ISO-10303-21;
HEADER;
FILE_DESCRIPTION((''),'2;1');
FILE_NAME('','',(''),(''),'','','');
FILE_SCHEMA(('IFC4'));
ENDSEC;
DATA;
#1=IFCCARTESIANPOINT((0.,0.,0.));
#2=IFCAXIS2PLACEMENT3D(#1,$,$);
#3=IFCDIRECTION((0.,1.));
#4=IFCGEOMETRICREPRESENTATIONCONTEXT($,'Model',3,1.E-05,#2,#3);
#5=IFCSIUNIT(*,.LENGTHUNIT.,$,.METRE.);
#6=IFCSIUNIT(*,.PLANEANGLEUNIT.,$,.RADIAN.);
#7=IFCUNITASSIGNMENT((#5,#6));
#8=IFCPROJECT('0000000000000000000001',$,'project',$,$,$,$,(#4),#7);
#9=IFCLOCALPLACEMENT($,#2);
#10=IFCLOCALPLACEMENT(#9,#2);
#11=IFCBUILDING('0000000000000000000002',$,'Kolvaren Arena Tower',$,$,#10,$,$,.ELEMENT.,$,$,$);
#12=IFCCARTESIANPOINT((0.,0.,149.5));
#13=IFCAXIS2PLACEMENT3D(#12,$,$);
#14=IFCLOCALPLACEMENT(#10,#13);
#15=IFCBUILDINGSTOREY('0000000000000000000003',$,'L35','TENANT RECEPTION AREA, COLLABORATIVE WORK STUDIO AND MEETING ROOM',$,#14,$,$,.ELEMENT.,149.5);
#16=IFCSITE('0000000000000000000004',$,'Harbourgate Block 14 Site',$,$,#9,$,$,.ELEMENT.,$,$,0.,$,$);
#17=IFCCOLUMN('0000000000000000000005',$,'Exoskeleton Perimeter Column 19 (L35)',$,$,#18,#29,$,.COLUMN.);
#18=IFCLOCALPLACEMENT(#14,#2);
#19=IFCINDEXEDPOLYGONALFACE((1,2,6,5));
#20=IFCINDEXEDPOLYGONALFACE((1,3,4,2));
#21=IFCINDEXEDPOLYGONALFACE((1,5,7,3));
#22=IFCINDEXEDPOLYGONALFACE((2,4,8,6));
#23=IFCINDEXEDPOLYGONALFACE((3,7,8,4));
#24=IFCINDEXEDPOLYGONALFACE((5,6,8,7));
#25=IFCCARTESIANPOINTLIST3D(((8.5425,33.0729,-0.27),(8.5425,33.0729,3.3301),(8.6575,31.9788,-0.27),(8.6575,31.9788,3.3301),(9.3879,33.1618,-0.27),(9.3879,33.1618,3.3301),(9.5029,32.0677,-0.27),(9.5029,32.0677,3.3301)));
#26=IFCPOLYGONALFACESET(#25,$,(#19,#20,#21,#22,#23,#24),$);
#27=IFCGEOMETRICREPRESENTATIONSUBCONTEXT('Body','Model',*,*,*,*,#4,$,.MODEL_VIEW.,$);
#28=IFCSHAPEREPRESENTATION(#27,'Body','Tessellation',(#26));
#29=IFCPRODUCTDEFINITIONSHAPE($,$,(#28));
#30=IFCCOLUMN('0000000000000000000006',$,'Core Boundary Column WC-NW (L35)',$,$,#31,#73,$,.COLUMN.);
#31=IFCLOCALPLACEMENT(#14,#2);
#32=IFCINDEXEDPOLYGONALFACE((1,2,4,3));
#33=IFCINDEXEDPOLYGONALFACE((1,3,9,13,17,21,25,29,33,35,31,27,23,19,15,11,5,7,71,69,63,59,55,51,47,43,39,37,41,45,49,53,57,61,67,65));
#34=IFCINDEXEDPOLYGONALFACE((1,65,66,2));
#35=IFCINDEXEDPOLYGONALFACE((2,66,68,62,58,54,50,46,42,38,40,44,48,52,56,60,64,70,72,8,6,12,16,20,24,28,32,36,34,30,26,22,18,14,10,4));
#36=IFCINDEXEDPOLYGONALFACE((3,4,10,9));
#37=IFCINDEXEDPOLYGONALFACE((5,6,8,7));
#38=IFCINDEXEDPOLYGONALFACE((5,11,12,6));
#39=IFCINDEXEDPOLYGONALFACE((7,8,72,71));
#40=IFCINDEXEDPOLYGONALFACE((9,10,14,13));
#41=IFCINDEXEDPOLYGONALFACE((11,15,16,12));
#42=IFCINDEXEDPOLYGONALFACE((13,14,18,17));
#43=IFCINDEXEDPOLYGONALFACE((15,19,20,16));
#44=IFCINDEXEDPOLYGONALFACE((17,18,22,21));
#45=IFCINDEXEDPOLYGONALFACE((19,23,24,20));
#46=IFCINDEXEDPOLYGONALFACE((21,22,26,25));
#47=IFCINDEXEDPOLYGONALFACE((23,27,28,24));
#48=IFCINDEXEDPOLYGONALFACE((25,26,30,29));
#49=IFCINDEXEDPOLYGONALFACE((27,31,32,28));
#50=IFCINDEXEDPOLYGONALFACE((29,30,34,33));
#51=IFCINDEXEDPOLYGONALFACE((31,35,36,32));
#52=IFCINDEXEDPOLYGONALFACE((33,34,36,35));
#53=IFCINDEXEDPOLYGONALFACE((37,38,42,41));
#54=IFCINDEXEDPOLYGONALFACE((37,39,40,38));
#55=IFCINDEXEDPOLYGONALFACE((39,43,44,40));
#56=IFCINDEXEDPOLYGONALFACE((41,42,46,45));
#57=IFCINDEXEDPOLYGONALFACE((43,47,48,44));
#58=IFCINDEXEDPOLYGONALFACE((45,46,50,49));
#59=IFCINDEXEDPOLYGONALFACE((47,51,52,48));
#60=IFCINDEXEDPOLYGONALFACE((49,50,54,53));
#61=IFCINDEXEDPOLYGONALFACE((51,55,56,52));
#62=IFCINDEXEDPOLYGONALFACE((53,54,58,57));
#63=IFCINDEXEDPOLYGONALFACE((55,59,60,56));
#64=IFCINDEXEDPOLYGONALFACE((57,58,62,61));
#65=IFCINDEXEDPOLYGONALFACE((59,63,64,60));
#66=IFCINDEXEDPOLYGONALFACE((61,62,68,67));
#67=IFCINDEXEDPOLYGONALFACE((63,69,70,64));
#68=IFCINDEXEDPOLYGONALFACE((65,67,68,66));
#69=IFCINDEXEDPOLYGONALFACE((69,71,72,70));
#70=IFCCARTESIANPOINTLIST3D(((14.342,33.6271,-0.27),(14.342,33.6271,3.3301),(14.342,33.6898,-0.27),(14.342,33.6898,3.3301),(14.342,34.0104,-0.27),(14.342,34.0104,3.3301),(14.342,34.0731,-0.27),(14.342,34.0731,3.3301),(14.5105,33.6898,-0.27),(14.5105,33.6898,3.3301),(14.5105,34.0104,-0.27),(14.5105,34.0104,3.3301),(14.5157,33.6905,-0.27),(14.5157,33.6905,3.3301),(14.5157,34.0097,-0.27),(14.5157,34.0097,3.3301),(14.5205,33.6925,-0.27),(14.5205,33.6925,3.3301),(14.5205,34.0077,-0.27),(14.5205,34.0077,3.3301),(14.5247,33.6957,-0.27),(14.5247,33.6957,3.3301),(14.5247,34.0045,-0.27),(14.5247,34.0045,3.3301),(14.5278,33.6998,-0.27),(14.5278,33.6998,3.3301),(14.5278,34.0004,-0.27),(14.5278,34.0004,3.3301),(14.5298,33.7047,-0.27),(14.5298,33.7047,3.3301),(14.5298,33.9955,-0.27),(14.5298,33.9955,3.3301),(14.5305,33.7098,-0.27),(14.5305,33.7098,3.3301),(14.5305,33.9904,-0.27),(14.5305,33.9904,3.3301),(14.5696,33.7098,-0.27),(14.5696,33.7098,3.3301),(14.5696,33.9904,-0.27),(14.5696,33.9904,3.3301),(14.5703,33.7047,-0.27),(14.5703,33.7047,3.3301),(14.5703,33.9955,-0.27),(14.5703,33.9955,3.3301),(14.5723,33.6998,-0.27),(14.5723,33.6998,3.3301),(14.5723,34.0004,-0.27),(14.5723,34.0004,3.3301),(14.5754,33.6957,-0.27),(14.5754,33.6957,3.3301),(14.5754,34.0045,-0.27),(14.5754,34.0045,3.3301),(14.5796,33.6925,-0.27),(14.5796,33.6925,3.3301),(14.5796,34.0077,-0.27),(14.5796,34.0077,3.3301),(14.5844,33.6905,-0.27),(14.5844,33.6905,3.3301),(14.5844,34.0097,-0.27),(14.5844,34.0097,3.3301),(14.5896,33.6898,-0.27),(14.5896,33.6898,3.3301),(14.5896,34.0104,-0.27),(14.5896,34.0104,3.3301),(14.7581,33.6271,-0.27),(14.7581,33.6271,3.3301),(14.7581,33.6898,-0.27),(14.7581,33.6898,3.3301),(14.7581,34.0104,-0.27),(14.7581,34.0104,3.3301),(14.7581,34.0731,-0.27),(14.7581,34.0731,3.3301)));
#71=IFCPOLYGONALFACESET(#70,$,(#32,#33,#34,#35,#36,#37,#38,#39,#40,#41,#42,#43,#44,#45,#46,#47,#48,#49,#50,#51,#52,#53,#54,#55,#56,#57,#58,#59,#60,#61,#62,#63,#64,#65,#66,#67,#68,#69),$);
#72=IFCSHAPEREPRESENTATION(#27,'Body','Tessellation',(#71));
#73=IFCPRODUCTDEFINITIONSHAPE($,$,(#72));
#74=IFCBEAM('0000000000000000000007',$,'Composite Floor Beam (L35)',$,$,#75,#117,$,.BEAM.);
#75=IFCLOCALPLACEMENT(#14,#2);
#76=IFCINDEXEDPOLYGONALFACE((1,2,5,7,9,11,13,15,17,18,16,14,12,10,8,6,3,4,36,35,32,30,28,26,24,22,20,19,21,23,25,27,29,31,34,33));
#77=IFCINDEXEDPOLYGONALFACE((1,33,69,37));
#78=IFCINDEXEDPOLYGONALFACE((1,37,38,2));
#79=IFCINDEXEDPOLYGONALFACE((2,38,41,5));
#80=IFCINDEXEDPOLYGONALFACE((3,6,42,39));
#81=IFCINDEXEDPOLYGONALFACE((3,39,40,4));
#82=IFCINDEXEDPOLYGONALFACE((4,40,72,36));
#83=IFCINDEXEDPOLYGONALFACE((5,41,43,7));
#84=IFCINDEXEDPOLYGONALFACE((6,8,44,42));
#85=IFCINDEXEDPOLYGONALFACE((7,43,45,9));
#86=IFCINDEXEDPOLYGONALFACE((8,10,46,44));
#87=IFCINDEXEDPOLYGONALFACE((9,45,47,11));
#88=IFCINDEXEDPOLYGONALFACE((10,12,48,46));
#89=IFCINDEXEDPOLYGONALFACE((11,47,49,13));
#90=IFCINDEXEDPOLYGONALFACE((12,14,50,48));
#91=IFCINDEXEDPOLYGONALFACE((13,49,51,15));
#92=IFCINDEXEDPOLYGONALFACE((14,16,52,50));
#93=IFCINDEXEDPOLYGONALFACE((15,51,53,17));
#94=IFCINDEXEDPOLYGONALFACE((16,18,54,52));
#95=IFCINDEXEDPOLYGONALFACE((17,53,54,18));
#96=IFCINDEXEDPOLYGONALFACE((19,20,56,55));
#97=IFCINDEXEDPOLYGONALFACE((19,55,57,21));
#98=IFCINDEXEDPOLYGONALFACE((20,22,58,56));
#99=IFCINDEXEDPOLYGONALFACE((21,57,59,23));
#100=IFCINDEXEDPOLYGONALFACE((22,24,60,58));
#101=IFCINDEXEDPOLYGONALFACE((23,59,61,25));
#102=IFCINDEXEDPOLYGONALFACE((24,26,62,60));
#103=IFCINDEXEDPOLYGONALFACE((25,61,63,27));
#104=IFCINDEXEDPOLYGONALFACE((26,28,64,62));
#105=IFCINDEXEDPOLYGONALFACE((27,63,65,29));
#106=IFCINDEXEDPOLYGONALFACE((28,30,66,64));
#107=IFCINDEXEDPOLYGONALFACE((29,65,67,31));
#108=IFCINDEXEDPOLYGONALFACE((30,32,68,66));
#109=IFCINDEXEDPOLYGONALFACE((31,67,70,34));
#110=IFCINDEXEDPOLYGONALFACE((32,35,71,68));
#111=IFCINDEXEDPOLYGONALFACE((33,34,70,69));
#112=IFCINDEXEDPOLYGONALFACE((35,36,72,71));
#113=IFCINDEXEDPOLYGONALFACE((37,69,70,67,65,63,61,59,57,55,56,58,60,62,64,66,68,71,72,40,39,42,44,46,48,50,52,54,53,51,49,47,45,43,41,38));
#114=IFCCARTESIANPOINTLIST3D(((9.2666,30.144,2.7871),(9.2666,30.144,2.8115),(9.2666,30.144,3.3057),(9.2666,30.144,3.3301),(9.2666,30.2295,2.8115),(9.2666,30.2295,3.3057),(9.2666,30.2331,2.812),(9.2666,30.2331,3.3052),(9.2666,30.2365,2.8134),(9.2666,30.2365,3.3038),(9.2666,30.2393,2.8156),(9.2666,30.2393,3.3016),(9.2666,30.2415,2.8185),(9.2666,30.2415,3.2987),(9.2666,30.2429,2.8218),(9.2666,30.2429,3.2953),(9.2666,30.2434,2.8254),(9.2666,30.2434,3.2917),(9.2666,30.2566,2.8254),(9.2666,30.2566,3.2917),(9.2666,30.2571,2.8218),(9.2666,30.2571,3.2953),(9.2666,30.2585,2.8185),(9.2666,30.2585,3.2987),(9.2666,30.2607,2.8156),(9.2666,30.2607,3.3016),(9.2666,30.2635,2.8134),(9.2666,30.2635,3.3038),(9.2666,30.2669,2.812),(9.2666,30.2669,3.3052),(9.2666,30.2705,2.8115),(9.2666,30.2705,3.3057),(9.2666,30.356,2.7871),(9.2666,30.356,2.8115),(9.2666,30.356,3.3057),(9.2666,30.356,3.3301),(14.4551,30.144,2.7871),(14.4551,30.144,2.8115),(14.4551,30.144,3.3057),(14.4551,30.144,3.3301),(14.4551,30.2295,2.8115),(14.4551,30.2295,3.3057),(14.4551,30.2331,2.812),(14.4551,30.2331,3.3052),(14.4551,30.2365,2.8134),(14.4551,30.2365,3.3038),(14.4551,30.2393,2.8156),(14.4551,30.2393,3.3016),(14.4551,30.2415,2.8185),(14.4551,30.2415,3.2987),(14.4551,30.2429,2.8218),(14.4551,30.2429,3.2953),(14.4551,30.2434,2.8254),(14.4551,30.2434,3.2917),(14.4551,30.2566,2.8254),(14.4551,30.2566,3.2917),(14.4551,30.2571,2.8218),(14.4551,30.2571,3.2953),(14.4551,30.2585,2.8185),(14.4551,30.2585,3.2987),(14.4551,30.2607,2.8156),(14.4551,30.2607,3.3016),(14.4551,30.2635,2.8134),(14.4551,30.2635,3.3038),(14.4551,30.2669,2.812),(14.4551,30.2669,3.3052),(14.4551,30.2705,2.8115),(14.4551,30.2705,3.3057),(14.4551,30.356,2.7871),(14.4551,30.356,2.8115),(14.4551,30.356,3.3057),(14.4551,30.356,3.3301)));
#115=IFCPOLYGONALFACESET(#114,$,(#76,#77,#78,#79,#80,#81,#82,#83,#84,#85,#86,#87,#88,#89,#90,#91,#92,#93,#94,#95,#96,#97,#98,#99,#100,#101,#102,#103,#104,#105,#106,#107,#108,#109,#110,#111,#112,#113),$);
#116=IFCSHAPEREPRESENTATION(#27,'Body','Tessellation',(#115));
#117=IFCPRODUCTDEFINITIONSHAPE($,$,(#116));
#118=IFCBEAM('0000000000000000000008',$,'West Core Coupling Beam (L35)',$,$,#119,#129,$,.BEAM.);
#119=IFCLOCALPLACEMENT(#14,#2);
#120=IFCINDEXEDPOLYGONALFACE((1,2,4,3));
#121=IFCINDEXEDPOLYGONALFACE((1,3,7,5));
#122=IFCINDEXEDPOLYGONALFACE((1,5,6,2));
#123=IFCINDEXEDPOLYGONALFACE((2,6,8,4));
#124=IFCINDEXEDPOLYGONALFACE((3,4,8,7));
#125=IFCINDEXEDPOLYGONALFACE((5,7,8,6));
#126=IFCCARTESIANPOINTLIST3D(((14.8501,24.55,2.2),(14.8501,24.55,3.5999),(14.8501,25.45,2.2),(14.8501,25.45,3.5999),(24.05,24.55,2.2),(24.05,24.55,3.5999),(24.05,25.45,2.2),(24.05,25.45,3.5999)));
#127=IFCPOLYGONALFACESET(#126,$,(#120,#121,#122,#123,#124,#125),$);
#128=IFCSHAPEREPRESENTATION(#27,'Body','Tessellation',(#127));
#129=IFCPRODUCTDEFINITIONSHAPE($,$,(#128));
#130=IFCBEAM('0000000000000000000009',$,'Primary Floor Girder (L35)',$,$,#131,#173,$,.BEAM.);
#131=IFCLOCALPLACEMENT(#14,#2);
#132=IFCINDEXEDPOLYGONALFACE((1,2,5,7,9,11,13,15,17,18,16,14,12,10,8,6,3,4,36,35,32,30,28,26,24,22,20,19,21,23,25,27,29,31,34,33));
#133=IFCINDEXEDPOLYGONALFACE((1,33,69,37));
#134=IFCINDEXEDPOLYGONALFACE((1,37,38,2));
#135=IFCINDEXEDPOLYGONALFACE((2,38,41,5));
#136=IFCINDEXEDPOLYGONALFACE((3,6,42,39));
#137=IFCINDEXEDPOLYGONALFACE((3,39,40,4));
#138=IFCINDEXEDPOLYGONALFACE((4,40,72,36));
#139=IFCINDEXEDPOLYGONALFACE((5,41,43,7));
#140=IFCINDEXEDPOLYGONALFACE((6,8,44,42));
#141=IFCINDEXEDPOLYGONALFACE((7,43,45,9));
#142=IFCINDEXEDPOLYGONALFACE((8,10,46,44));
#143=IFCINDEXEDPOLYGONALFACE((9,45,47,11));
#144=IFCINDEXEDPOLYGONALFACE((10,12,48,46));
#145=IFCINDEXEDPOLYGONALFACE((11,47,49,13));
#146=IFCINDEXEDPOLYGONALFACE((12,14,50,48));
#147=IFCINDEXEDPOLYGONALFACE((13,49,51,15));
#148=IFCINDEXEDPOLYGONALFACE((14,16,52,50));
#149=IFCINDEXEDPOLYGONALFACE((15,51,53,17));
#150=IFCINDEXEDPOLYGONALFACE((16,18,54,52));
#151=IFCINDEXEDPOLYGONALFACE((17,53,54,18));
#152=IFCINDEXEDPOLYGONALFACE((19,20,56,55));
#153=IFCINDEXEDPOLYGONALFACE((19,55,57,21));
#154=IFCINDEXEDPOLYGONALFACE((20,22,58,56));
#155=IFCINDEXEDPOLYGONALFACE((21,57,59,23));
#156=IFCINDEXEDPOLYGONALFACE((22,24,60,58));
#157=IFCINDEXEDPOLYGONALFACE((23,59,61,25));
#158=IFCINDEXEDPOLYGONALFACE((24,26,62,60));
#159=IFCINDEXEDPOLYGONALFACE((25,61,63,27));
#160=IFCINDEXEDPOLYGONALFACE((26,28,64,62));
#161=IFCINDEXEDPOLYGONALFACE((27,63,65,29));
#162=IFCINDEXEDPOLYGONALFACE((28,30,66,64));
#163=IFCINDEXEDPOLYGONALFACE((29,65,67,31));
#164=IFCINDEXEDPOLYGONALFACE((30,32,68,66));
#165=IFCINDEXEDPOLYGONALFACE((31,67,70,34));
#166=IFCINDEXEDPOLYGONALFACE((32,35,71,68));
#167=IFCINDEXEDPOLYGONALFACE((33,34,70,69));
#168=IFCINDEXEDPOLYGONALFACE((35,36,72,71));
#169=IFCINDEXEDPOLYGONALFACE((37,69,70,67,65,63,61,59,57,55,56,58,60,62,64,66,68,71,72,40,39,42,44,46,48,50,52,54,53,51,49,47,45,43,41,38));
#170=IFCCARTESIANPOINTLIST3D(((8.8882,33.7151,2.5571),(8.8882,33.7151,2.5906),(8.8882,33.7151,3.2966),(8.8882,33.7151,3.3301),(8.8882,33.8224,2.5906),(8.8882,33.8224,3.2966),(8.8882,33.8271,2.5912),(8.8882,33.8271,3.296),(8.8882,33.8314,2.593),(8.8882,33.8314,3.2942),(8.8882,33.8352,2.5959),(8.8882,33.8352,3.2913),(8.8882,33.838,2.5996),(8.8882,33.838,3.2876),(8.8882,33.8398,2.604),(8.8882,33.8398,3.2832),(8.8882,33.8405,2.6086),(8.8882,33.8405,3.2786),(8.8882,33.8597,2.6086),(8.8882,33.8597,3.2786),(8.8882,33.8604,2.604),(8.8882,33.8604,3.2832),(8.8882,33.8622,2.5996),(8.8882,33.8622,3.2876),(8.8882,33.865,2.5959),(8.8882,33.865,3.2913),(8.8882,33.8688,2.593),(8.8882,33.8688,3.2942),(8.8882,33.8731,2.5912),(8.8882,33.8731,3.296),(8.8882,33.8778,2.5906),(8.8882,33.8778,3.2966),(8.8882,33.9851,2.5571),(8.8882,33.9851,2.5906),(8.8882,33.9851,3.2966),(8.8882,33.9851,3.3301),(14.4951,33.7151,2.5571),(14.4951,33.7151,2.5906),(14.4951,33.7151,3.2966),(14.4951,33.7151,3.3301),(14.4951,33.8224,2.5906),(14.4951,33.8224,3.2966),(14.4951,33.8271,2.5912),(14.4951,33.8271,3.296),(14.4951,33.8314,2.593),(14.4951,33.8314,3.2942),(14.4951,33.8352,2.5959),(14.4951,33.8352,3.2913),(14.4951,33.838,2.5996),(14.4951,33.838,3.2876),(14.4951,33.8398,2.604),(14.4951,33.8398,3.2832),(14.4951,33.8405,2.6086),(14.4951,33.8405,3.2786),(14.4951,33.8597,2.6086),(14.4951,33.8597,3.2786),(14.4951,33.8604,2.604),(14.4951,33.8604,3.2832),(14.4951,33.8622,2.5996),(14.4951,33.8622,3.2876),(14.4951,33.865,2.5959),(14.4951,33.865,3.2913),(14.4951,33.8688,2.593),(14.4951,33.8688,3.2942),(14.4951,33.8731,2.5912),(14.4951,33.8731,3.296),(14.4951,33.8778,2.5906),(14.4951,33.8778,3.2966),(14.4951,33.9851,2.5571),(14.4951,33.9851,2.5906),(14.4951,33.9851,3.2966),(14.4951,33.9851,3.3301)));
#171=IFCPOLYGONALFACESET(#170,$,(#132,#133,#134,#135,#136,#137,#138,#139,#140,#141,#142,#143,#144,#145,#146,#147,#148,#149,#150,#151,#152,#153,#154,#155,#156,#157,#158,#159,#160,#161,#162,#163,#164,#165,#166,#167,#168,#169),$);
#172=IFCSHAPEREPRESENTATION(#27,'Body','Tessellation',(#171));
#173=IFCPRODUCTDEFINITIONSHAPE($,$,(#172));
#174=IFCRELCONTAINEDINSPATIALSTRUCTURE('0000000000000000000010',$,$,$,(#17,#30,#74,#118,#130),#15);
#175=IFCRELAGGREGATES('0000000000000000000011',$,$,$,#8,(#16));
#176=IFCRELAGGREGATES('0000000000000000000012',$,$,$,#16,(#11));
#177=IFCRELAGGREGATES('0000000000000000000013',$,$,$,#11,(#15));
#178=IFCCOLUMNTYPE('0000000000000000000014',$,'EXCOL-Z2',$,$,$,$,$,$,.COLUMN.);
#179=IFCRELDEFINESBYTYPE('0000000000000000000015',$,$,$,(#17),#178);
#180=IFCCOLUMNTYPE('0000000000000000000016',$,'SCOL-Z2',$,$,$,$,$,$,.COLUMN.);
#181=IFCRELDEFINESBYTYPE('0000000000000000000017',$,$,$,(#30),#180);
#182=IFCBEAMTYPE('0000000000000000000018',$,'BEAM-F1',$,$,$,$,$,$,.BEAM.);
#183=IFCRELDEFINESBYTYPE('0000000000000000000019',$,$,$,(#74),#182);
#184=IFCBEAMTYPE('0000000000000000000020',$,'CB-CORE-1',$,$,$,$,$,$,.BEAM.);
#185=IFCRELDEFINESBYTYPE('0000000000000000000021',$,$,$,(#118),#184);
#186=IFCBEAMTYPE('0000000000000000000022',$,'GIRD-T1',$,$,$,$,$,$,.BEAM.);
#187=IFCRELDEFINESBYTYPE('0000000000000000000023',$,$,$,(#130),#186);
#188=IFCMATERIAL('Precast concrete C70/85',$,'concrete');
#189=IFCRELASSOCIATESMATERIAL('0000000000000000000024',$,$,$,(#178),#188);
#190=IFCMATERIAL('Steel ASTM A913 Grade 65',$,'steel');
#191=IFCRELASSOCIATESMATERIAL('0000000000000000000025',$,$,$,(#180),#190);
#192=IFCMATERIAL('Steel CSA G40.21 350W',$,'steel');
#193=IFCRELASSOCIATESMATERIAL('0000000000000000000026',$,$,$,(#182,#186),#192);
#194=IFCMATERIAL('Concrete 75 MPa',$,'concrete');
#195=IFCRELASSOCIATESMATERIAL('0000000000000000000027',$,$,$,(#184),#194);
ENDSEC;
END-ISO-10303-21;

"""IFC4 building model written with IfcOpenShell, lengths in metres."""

from ifc_helpers import new_model, si_unit, direction, frame, origin, origin_2d, place, context, subcontext, project, spatial, rectangle, i_section, extrude, material, material_profile, profile_set, type_object, element, save


model = new_model("IFC4")

# Units and contexts
model_context = context("Model", 3, precision=1e-05, world=origin(), true_north=direction((0.0, 1.0)))
body_context = subcontext(model_context, "Body", "Model", "MODEL_VIEW")
ifc_project = project(units=[si_unit("LENGTHUNIT", "METRE"), si_unit("PLANEANGLEUNIT", "RADIAN")], contexts=[model_context])

# Site, building, storey
site_placement = place(None, origin())
site = spatial("IfcSite", under=ifc_project, at=site_placement, Name="Harbourgate Block 14 Site", CompositionType="ELEMENT", RefElevation=0.0)
building_placement = place(site_placement, origin())
building = spatial("IfcBuilding", under=site, at=building_placement, Name="Kolvaren Arena Tower", CompositionType="ELEMENT")
storey_placement = place(building_placement, frame((0.0, 0.0, 149.5)))
storey = spatial("IfcBuildingStorey", under=building, at=storey_placement, Name="L35", Description="TENANT RECEPTION AREA, COLLABORATIVE WORK STUDIO AND MEETING ROOM", CompositionType="ELEMENT", Elevation=149.5)

# Columns
ifc_material_1 = material(Name="Precast concrete C70/85", Category="concrete")
ifc_material_profile_1 = material_profile(ifc_material_1, rectangle(XDim=1.1001, YDim=0.8501, at=origin_2d()), Name="RC-1100x850")
ifc_profile_set_1 = profile_set([ifc_material_profile_1], Name="Precast concrete C70/85")
column_type_1 = type_object("IfcColumnType", Name="EXCOL-Z2", PredefinedType="COLUMN", material=ifc_profile_set_1)
column_1_placement = place(storey_placement, frame((9.0227, 32.5703, -0.27), z_axis=(0.0, 0.0, 1.0), x_axis=(-0.104528, 0.994522, 0.0)))
element("IfcColumn", 1, at=column_1_placement, inside=storey, type_object=column_type_1, Name="Exoskeleton Perimeter Column 19 (L35)", PredefinedType="COLUMN", context=body_context, shape_type="SweptSolid", body=[
    extrude(rectangle(XDim=1.1001, YDim=0.8501, at=origin_2d()), origin(), (0.0, 0.0, 1.0), 3.6001),
])
ifc_material_2 = material(Name="Steel ASTM A913 Grade 65", Category="steel")
ifc_material_profile_2 = material_profile(ifc_material_2, i_section(OverallWidth=0.416, OverallDepth=0.446, WebThickness=0.0391, FlangeThickness=0.0627, FilletRadius=0.02, at=origin_2d()), Name="W360x509")
ifc_profile_set_2 = profile_set([ifc_material_profile_2], Name="Steel ASTM A913 Grade 65")
column_type_2 = type_object("IfcColumnType", Name="SCOL-Z2", PredefinedType="COLUMN", material=ifc_profile_set_2)
column_2_placement = place(storey_placement, frame((14.55, 33.8501, -0.27), z_axis=(0.0, 0.0, 1.0), x_axis=(1.0, 0.0, 0.0)))
element("IfcColumn", 2, at=column_2_placement, inside=storey, type_object=column_type_2, Name="Core Boundary Column WC-NW (L35)", PredefinedType="COLUMN", context=body_context, shape_type="SweptSolid", body=[
    extrude(i_section(OverallWidth=0.416, OverallDepth=0.446, WebThickness=0.0391, FlangeThickness=0.0627, FilletRadius=0.02, at=origin_2d()), origin(), (0.0, 0.0, 1.0), 3.6001),
])

# Beams
ifc_material_3 = material(Name="Steel CSA G40.21 350W", Category="steel")
ifc_material_profile_3 = material_profile(ifc_material_3, i_section(OverallWidth=0.2119, OverallDepth=0.543, WebThickness=0.0132, FlangeThickness=0.0244, FilletRadius=0.0139, at=origin_2d()), Name="W530x150")
ifc_profile_set_3 = profile_set([ifc_material_profile_3], Name="Steel CSA G40.21 350W")
beam_type_1 = type_object("IfcBeamType", Name="BEAM-F1", PredefinedType="BEAM", material=ifc_profile_set_3)
beam_1_placement = place(storey_placement, frame((9.2666, 30.25, 3.0586), z_axis=(1.0, 0.0, 0.0), x_axis=(0.0, 1.0, 0.0)))
element("IfcBeam", 3, at=beam_1_placement, inside=storey, type_object=beam_type_1, Name="Composite Floor Beam (L35)", PredefinedType="BEAM", context=body_context, shape_type="SweptSolid", body=[
    extrude(i_section(OverallWidth=0.2119, OverallDepth=0.543, WebThickness=0.0132, FlangeThickness=0.0244, FilletRadius=0.0139, at=origin_2d()), origin(), (0.0, 0.0, 1.0), 5.1885),
])
ifc_material_4 = material(Name="Concrete 75 MPa", Category="concrete")
ifc_material_profile_4 = material_profile(ifc_material_4, rectangle(XDim=0.8999, YDim=1.3999, at=origin_2d()), Name="RC-900x1400")
ifc_profile_set_4 = profile_set([ifc_material_profile_4], Name="Concrete 75 MPa")
beam_type_2 = type_object("IfcBeamType", Name="CB-CORE-1", PredefinedType="BEAM", material=ifc_profile_set_4)
beam_2_placement = place(storey_placement, frame((14.8501, 25.0, 2.8999), z_axis=(1.0, 0.0, 0.0), x_axis=(0.0, 1.0, 0.0)))
element("IfcBeam", 4, at=beam_2_placement, inside=storey, type_object=beam_type_2, Name="West Core Coupling Beam (L35)", PredefinedType="BEAM", context=body_context, shape_type="SweptSolid", body=[
    extrude(rectangle(XDim=0.8999, YDim=1.3999, at=origin_2d()), origin(), (0.0, 0.0, 1.0), 9.2),
])
ifc_material_profile_5 = material_profile(ifc_material_3, i_section(OverallWidth=0.27, OverallDepth=0.7729, WebThickness=0.0193, FlangeThickness=0.0334, FilletRadius=0.0181, at=origin_2d()), Name="W760x257")
ifc_profile_set_5 = profile_set([ifc_material_profile_5], Name="Steel CSA G40.21 350W")
beam_type_3 = type_object("IfcBeamType", Name="GIRD-T1", PredefinedType="BEAM", material=ifc_profile_set_5)
beam_3_placement = place(storey_placement, frame((8.8882, 33.8501, 2.9436), z_axis=(1.0, 0.0, 0.0), x_axis=(0.0, 1.0, 0.0)))
element("IfcBeam", 5, at=beam_3_placement, inside=storey, type_object=beam_type_3, Name="Primary Floor Girder (L35)", PredefinedType="BEAM", context=body_context, shape_type="SweptSolid", body=[
    extrude(i_section(OverallWidth=0.27, OverallDepth=0.7729, WebThickness=0.0193, FlangeThickness=0.0334, FilletRadius=0.0181, at=origin_2d()), origin(), (0.0, 0.0, 1.0), 5.6069),
])

save(model, "model.ifc")
